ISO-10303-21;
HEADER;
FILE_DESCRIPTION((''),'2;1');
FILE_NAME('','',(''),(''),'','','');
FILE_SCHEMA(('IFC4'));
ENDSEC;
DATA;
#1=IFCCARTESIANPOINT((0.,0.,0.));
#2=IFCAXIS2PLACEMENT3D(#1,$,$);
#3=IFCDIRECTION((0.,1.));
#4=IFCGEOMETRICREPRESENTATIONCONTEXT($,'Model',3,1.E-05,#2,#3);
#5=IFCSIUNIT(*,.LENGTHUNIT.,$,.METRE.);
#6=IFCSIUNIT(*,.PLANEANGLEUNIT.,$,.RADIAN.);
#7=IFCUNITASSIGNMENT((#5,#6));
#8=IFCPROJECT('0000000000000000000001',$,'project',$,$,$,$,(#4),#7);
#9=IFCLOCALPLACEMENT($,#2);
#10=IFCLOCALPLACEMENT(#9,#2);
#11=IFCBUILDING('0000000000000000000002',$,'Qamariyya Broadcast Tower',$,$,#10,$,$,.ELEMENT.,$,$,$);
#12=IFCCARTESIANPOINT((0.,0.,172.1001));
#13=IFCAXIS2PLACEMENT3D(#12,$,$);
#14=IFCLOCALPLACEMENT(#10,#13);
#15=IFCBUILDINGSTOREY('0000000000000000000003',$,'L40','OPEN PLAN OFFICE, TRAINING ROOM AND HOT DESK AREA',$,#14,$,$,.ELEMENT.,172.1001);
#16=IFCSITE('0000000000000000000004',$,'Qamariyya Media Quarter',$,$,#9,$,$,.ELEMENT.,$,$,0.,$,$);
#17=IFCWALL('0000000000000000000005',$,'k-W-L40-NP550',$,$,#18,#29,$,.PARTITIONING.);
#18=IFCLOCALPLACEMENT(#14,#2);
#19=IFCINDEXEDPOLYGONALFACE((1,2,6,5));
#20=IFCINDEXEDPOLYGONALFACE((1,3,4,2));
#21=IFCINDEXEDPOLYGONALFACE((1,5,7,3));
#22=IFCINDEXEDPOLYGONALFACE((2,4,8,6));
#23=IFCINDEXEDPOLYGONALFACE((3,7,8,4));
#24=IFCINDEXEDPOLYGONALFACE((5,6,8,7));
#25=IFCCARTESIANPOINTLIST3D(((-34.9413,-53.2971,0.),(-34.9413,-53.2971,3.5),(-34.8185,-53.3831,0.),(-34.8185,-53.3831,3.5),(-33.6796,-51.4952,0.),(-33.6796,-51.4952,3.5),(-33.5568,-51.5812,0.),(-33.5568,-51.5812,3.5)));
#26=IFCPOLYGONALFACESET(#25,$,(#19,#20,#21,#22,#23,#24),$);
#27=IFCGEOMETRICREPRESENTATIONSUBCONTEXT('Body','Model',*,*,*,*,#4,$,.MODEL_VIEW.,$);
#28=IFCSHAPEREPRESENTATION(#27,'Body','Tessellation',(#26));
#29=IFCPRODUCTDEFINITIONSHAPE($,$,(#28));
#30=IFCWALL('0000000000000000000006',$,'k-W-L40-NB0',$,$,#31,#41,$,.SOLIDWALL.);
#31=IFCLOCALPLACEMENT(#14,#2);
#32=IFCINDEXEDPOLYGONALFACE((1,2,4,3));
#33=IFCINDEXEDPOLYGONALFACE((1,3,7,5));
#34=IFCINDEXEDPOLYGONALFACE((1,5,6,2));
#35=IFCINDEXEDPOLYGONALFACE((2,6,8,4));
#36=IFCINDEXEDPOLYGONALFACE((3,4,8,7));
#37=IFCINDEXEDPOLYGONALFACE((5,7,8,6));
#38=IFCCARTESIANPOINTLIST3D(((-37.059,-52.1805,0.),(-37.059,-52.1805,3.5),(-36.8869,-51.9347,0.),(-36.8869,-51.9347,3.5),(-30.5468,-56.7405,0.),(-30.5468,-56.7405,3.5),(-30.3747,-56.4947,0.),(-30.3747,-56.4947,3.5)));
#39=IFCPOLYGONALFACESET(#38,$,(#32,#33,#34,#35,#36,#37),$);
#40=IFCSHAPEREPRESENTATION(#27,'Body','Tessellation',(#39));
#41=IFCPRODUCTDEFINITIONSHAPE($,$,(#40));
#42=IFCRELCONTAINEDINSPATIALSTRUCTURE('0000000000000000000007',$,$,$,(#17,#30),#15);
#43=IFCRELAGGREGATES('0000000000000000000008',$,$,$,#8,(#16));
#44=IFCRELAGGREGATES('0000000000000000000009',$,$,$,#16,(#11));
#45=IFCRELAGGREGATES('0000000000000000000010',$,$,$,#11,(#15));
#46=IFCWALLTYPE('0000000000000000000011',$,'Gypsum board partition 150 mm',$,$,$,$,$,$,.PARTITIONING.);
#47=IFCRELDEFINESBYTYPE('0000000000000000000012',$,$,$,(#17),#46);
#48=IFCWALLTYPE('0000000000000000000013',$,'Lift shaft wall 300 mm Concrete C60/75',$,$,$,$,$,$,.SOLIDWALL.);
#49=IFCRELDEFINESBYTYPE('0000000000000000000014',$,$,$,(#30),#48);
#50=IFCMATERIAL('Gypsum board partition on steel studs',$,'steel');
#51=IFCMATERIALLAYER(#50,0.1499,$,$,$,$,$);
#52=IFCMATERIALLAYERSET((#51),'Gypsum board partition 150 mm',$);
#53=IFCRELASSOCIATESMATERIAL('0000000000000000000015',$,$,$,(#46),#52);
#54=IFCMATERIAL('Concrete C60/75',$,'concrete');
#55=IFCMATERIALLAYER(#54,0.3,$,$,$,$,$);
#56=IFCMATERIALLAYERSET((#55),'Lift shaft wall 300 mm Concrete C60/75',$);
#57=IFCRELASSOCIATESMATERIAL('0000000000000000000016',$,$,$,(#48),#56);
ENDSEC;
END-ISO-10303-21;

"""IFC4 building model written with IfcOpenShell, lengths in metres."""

from ifc_helpers import new_model, si_unit, direction, frame, frame_2d, origin, place, context, subcontext, project, spatial, rectangle, extrude, material, layer, layer_set, type_object, element, save


model = new_model("IFC4")

# Units and contexts
model_context = context("Model", 3, precision=1e-05, world=origin(), true_north=direction((0.0, 1.0)))
body_context = subcontext(model_context, "Body", "Model", "MODEL_VIEW")
ifc_project = project(units=[si_unit("LENGTHUNIT", "METRE"), si_unit("PLANEANGLEUNIT", "RADIAN")], contexts=[model_context])

# Site, building, storey
site_placement = place(None, origin())
site = spatial("IfcSite", under=ifc_project, at=site_placement, Name="Qamariyya Media Quarter", CompositionType="ELEMENT", RefElevation=0.0)
building_placement = place(site_placement, origin())
building = spatial("IfcBuilding", under=site, at=building_placement, Name="Qamariyya Broadcast Tower", CompositionType="ELEMENT")
storey_placement = place(building_placement, frame((0.0, 0.0, 172.1001)))
storey = spatial("IfcBuildingStorey", under=building, at=storey_placement, Name="L40", Description="OPEN PLAN OFFICE, TRAINING ROOM AND HOT DESK AREA", CompositionType="ELEMENT", Elevation=172.1001)

# Shared definitions
ifc_material_1 = material(Name="Concrete C60/75", Category="concrete")

# Walls
ifc_material_2 = material(Name="Gypsum board partition on steel studs", Category="steel")
ifc_layer_1 = layer(ifc_material_2, 0.1499)
ifc_layer_set_1 = layer_set([ifc_layer_1], Name="Gypsum board partition 150 mm")
wall_type_1 = type_object("IfcWallType", Name="Gypsum board partition 150 mm", PredefinedType="PARTITIONING", material=ifc_layer_set_1)
wall_1_placement = place(storey_placement, frame((-34.8799, -53.3401, 0.0), z_axis=(0.0, 0.0, 1.0), x_axis=(0.573559, 0.819164, 0.0)))
element("IfcWall", 1, at=wall_1_placement, inside=storey, type_object=wall_type_1, Name="k-W-L40-NP550", PredefinedType="PARTITIONING", context=body_context, shape_type="SweptSolid", body=[
    extrude(rectangle(XDim=2.1997, YDim=0.1499, at=frame_2d((1.0999, 0.0))), origin(), (0.0, 0.0, 1.0), 3.5),
])
ifc_layer_2 = layer(ifc_material_1, 0.3)
ifc_layer_set_2 = layer_set([ifc_layer_2], Name="Lift shaft wall 300 mm Concrete C60/75")
wall_type_2 = type_object("IfcWallType", Name="Lift shaft wall 300 mm Concrete C60/75", PredefinedType="SOLIDWALL", material=ifc_layer_set_2)
wall_2_placement = place(storey_placement, frame((-30.4607, -56.6177, 0.0), z_axis=(0.0, 0.0, 1.0), x_axis=(-0.819142, 0.57359, 0.0)))
element("IfcWall", 2, at=wall_2_placement, inside=storey, type_object=wall_type_2, Name="k-W-L40-NB0", PredefinedType="SOLIDWALL", context=body_context, shape_type="SweptSolid", body=[
    extrude(rectangle(XDim=7.95, YDim=0.3, at=frame_2d((3.9751, 0.0))), origin(), (0.0, 0.0, 1.0), 3.5),
])

save(model, "model.ifc")
